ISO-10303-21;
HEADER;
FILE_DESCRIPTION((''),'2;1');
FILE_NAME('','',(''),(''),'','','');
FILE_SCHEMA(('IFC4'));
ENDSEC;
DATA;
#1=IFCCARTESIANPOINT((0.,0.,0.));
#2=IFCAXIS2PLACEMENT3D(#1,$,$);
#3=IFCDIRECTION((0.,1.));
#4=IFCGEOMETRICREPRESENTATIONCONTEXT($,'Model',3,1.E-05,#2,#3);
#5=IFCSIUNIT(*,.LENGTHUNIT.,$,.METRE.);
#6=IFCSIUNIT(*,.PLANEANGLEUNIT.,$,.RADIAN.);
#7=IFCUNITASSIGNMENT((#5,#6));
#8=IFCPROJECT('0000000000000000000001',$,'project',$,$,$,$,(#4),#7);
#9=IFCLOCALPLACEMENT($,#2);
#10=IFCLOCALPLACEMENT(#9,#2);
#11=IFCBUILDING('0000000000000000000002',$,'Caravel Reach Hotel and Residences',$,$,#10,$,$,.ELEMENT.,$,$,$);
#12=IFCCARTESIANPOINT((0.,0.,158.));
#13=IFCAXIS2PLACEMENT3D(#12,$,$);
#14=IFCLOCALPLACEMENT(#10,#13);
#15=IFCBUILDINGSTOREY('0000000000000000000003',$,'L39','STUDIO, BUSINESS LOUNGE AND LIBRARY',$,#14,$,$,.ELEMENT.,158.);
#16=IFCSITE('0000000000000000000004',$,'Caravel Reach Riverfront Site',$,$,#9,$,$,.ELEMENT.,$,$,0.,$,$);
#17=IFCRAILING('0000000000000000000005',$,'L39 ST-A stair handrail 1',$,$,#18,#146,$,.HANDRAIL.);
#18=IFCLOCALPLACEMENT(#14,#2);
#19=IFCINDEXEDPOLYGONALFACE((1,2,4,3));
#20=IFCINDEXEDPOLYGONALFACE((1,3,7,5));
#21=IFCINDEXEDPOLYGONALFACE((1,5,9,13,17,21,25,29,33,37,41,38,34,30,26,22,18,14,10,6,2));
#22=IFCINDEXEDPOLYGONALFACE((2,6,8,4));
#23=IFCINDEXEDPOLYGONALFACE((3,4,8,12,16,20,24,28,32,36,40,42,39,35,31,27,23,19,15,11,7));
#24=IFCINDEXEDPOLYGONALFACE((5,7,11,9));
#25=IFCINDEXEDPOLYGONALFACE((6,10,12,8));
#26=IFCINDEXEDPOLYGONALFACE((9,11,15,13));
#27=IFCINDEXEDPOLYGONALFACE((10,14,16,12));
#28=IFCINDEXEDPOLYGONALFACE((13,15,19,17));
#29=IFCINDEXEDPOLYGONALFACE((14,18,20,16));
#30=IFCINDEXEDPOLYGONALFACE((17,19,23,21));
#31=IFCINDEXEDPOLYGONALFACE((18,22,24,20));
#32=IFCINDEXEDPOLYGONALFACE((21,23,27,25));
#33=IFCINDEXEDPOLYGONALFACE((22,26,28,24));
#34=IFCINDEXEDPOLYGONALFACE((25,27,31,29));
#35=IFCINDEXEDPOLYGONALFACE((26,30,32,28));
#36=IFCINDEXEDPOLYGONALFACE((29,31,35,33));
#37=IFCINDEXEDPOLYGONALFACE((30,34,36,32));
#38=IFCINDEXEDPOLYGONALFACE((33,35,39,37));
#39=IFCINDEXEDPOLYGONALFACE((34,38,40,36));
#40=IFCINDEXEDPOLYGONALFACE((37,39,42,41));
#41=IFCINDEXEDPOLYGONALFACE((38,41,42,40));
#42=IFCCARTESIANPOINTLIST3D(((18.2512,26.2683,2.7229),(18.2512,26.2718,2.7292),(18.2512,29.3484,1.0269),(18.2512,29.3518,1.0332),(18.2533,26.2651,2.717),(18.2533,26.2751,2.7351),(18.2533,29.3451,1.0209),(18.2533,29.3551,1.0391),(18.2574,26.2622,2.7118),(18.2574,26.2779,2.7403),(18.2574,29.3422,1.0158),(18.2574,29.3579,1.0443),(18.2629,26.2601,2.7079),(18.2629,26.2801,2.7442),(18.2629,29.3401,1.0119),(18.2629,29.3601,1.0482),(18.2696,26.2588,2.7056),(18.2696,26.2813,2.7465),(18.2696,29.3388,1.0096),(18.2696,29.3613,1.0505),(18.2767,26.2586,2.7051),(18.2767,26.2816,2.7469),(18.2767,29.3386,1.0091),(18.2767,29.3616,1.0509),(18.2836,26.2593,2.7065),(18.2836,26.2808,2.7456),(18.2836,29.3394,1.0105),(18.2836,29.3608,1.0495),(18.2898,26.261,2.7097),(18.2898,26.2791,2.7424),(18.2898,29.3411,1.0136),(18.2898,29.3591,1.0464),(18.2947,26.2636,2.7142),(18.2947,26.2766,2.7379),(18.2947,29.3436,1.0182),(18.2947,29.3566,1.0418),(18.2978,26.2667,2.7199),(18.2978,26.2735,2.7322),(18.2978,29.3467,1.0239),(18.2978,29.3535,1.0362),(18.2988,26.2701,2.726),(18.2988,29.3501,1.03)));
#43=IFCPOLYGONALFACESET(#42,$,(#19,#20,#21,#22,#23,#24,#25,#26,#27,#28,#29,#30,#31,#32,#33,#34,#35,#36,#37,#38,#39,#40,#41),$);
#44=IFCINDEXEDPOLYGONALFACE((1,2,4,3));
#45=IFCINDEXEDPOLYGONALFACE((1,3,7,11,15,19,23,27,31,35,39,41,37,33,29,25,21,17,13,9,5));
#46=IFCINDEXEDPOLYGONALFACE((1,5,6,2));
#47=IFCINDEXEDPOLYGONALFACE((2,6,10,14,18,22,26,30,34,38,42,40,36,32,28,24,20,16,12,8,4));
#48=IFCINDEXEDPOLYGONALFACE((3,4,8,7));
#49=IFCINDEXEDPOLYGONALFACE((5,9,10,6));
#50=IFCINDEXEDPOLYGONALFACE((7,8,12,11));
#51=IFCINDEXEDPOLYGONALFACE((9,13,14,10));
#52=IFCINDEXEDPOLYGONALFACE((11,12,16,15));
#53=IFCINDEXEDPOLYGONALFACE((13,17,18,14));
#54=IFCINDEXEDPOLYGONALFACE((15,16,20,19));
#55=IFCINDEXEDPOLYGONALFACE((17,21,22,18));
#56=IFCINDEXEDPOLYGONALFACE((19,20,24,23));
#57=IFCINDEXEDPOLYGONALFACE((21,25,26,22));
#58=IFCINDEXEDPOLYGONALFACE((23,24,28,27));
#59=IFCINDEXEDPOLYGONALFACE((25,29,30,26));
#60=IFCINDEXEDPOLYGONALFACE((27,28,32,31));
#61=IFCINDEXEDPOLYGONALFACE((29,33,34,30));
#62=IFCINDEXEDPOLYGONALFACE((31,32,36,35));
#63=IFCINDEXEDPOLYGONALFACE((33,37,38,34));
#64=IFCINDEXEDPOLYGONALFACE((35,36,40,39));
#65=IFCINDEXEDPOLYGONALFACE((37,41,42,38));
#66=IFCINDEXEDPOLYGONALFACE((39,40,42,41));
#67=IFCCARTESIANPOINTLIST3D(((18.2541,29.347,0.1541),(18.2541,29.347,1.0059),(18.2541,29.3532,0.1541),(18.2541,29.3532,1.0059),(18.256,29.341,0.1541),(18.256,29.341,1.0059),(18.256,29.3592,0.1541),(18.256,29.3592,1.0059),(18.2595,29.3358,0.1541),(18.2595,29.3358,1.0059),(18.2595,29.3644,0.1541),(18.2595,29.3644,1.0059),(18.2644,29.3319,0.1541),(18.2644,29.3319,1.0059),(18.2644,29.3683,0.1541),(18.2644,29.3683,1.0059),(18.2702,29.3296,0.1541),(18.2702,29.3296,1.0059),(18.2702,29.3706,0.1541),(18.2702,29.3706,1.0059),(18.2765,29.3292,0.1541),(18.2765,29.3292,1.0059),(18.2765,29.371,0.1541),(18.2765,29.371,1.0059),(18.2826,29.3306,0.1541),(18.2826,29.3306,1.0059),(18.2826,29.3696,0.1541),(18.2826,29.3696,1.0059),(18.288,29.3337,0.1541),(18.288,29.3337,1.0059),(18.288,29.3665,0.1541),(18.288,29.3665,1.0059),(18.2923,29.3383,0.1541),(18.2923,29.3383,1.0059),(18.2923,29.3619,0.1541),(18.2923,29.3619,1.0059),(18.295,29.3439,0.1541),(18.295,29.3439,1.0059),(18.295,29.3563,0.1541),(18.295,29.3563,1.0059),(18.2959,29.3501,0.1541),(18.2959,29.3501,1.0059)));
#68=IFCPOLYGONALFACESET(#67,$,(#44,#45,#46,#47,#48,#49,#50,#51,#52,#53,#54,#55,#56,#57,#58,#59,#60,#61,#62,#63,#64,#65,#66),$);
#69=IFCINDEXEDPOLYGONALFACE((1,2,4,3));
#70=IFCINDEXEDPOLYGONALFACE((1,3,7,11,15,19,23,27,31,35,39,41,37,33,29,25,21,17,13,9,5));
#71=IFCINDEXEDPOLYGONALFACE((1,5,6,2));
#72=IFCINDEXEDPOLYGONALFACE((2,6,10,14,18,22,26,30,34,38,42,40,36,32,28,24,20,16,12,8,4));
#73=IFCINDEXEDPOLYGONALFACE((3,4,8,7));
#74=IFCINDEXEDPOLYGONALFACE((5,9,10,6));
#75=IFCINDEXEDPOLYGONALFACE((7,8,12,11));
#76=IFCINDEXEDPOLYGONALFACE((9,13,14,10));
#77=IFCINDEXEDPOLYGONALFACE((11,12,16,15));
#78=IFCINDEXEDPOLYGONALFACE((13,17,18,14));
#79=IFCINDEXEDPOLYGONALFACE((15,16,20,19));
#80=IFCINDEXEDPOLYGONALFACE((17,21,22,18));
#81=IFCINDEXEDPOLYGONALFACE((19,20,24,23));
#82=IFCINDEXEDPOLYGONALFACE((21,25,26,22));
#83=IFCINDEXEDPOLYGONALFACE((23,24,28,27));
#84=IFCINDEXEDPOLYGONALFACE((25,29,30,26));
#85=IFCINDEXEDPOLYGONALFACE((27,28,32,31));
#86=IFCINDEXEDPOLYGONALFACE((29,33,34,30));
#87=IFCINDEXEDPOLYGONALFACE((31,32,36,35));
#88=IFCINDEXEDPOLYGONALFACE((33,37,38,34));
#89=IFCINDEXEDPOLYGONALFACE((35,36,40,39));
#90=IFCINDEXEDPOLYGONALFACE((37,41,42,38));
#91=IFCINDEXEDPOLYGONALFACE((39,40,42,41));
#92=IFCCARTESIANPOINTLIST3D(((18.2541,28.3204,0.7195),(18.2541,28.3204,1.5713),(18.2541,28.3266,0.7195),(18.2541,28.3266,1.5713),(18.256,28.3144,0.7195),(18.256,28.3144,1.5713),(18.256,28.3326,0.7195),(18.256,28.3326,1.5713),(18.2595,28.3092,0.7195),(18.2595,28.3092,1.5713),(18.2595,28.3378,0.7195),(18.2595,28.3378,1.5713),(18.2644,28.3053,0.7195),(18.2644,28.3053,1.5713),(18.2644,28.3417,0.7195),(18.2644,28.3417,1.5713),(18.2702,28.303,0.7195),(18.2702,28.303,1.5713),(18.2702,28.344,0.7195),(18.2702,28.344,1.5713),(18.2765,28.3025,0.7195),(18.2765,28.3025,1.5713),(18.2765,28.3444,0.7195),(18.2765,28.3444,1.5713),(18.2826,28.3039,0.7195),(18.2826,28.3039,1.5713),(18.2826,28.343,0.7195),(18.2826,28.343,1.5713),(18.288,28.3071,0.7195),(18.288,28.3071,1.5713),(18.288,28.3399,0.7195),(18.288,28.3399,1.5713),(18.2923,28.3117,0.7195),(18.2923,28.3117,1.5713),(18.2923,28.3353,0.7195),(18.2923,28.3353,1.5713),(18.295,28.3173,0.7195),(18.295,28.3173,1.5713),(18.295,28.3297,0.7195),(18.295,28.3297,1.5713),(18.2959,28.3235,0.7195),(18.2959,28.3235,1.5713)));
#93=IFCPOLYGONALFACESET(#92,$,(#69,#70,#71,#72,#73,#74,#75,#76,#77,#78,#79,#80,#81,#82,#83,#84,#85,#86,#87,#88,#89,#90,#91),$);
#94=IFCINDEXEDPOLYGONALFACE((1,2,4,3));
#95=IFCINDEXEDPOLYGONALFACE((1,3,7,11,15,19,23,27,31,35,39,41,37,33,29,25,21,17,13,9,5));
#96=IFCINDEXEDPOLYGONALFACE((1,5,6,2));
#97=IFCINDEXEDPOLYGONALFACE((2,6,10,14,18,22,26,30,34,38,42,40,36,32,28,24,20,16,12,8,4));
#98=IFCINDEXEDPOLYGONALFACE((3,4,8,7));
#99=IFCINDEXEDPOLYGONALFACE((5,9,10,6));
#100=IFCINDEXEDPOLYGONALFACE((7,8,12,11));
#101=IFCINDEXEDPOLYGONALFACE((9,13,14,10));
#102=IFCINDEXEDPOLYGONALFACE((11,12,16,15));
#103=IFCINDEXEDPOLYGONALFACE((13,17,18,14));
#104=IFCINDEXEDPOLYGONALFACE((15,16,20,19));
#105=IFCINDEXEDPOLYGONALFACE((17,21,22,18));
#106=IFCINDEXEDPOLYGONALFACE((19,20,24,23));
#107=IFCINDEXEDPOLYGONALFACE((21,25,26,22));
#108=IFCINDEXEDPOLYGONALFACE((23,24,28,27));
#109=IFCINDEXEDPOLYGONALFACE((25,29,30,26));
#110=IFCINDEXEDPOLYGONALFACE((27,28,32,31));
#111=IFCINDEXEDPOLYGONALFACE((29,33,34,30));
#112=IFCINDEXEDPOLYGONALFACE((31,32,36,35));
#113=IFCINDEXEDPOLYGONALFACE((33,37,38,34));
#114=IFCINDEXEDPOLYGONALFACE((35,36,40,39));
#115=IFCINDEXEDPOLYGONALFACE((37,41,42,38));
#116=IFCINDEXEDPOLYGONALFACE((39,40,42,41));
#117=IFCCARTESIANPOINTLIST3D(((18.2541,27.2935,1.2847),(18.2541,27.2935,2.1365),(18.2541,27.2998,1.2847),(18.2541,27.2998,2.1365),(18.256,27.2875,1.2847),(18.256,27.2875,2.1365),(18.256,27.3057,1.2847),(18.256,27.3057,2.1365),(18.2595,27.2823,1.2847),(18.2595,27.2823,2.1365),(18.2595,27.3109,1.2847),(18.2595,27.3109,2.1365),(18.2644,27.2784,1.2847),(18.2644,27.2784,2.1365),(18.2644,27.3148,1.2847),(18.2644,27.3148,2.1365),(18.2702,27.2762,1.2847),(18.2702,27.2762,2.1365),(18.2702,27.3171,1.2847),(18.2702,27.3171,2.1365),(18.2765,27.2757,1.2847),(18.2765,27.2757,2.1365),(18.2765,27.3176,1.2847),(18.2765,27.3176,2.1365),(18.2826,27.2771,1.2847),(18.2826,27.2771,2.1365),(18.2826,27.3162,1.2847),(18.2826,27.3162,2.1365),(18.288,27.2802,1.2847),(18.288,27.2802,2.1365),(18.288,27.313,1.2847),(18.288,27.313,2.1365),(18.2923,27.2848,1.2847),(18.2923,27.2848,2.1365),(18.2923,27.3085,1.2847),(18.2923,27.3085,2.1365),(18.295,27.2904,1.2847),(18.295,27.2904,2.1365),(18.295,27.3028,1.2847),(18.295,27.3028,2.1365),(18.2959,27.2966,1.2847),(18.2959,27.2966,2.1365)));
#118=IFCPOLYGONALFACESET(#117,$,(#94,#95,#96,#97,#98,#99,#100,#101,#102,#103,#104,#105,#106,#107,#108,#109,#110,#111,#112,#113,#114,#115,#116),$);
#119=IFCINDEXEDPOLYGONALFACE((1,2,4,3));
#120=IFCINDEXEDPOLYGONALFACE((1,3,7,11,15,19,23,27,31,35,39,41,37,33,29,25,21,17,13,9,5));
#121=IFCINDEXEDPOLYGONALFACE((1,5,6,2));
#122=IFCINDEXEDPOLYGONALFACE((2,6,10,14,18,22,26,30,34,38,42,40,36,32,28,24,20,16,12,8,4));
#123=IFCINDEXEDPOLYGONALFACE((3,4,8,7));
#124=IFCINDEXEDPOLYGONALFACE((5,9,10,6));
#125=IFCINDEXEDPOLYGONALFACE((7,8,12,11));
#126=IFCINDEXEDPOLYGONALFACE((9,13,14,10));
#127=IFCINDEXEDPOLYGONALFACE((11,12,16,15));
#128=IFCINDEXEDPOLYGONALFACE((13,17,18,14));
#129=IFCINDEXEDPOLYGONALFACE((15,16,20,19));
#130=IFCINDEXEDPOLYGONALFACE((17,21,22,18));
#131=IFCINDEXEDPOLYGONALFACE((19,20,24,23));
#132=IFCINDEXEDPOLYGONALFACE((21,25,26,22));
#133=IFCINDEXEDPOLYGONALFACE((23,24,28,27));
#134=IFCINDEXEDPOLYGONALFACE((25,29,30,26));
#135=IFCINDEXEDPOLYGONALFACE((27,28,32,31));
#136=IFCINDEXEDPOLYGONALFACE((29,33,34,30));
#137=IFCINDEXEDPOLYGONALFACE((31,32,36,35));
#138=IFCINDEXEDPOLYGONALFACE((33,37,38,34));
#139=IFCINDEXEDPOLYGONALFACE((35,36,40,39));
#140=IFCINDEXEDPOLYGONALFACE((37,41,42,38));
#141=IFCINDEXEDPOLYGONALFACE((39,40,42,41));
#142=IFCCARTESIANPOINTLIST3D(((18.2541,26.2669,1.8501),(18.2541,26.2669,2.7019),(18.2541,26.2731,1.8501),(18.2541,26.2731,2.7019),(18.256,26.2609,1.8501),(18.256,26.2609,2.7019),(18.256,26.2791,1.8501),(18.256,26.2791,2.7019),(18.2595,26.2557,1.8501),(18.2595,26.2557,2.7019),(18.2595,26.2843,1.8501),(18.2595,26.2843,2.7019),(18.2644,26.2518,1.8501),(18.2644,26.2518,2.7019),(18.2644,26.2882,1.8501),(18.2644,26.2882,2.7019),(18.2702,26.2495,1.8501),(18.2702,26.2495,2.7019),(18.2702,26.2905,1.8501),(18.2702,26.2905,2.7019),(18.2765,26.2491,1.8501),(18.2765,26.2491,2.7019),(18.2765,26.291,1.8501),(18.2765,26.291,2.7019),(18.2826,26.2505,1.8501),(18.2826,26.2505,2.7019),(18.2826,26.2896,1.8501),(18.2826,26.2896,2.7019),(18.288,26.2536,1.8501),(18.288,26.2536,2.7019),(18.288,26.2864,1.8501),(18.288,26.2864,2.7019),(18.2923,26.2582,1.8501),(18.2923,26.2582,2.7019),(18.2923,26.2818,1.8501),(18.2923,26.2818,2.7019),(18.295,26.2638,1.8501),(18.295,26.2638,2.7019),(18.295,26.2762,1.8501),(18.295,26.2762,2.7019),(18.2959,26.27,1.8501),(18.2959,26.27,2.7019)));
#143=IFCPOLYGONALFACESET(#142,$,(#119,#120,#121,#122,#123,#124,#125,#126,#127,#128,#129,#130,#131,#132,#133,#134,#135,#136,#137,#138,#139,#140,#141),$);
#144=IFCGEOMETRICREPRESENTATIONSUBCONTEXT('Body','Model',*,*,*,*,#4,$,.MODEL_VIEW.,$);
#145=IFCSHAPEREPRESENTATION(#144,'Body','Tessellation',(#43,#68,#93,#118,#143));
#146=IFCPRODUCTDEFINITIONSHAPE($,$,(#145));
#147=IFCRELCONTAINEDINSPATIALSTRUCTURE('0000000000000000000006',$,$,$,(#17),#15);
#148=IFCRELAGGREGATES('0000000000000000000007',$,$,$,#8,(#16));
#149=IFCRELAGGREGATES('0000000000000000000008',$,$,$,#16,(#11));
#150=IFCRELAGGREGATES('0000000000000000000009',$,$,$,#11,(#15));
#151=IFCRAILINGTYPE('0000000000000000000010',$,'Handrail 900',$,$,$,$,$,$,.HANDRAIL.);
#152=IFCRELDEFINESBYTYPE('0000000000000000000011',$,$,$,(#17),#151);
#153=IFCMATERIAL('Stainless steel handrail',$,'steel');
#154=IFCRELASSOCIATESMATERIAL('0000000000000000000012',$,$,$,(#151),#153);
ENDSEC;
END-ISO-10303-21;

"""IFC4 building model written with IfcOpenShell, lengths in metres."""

from ifc_helpers import new_model, si_unit, direction, frame, origin, origin_2d, place, context, subcontext, project, spatial, circle, extrude, material, type_object, element, save


model = new_model("IFC4")

# Units and contexts
model_context = context("Model", 3, precision=1e-05, world=origin(), true_north=direction((0.0, 1.0)))
body_context = subcontext(model_context, "Body", "Model", "MODEL_VIEW")
ifc_project = project(units=[si_unit("LENGTHUNIT", "METRE"), si_unit("PLANEANGLEUNIT", "RADIAN")], contexts=[model_context])

# Site, building, storey
site_placement = place(None, origin())
site = spatial("IfcSite", under=ifc_project, at=site_placement, Name="Caravel Reach Riverfront Site", CompositionType="ELEMENT", RefElevation=0.0)
building_placement = place(site_placement, origin())
building = spatial("IfcBuilding", under=site, at=building_placement, Name="Caravel Reach Hotel and Residences", CompositionType="ELEMENT")
storey_placement = place(building_placement, frame((0.0, 0.0, 158.0)))
storey = spatial("IfcBuildingStorey", under=building, at=storey_placement, Name="L39", Description="STUDIO, BUSINESS LOUNGE AND LIBRARY", CompositionType="ELEMENT", Elevation=158.0)

# Railing
ifc_material_1 = material(Name="Stainless steel handrail", Category="steel")
railing_type_1 = type_object("IfcRailingType", Name="Handrail 900", PredefinedType="HANDRAIL", material=ifc_material_1)
railing_1_placement = place(storey_placement, frame((18.2749, 29.3501, 0.1541)))
element("IfcRailing", 1, at=railing_1_placement, inside=storey, type_object=railing_type_1, Name="L39 ST-A stair handrail 1", PredefinedType="HANDRAIL", context=body_context, shape_type="SweptSolid", body=[
    extrude(circle(Radius=0.0239, at=origin_2d()), frame((0.0, 0.0, 0.876), z_axis=(0.0, -0.875975, 0.482356), x_axis=(1.0, 0.0, 0.0)), (0.0, 0.0, 1.0), 3.5161),
    extrude(circle(Radius=0.021, at=origin_2d()), origin(), (0.0, 0.0, 1.0), 0.8518),
    extrude(circle(Radius=0.021, at=origin_2d()), frame((0.0, -1.0266, 0.5654)), (0.0, 0.0, 1.0), 0.8518),
    extrude(circle(Radius=0.021, at=origin_2d()), frame((0.0, -2.0535, 1.1306)), (0.0, 0.0, 1.0), 0.8518),
    extrude(circle(Radius=0.021, at=origin_2d()), frame((0.0, -3.0801, 1.696)), (0.0, 0.0, 1.0), 0.8518),
])

save(model, "model.ifc")
